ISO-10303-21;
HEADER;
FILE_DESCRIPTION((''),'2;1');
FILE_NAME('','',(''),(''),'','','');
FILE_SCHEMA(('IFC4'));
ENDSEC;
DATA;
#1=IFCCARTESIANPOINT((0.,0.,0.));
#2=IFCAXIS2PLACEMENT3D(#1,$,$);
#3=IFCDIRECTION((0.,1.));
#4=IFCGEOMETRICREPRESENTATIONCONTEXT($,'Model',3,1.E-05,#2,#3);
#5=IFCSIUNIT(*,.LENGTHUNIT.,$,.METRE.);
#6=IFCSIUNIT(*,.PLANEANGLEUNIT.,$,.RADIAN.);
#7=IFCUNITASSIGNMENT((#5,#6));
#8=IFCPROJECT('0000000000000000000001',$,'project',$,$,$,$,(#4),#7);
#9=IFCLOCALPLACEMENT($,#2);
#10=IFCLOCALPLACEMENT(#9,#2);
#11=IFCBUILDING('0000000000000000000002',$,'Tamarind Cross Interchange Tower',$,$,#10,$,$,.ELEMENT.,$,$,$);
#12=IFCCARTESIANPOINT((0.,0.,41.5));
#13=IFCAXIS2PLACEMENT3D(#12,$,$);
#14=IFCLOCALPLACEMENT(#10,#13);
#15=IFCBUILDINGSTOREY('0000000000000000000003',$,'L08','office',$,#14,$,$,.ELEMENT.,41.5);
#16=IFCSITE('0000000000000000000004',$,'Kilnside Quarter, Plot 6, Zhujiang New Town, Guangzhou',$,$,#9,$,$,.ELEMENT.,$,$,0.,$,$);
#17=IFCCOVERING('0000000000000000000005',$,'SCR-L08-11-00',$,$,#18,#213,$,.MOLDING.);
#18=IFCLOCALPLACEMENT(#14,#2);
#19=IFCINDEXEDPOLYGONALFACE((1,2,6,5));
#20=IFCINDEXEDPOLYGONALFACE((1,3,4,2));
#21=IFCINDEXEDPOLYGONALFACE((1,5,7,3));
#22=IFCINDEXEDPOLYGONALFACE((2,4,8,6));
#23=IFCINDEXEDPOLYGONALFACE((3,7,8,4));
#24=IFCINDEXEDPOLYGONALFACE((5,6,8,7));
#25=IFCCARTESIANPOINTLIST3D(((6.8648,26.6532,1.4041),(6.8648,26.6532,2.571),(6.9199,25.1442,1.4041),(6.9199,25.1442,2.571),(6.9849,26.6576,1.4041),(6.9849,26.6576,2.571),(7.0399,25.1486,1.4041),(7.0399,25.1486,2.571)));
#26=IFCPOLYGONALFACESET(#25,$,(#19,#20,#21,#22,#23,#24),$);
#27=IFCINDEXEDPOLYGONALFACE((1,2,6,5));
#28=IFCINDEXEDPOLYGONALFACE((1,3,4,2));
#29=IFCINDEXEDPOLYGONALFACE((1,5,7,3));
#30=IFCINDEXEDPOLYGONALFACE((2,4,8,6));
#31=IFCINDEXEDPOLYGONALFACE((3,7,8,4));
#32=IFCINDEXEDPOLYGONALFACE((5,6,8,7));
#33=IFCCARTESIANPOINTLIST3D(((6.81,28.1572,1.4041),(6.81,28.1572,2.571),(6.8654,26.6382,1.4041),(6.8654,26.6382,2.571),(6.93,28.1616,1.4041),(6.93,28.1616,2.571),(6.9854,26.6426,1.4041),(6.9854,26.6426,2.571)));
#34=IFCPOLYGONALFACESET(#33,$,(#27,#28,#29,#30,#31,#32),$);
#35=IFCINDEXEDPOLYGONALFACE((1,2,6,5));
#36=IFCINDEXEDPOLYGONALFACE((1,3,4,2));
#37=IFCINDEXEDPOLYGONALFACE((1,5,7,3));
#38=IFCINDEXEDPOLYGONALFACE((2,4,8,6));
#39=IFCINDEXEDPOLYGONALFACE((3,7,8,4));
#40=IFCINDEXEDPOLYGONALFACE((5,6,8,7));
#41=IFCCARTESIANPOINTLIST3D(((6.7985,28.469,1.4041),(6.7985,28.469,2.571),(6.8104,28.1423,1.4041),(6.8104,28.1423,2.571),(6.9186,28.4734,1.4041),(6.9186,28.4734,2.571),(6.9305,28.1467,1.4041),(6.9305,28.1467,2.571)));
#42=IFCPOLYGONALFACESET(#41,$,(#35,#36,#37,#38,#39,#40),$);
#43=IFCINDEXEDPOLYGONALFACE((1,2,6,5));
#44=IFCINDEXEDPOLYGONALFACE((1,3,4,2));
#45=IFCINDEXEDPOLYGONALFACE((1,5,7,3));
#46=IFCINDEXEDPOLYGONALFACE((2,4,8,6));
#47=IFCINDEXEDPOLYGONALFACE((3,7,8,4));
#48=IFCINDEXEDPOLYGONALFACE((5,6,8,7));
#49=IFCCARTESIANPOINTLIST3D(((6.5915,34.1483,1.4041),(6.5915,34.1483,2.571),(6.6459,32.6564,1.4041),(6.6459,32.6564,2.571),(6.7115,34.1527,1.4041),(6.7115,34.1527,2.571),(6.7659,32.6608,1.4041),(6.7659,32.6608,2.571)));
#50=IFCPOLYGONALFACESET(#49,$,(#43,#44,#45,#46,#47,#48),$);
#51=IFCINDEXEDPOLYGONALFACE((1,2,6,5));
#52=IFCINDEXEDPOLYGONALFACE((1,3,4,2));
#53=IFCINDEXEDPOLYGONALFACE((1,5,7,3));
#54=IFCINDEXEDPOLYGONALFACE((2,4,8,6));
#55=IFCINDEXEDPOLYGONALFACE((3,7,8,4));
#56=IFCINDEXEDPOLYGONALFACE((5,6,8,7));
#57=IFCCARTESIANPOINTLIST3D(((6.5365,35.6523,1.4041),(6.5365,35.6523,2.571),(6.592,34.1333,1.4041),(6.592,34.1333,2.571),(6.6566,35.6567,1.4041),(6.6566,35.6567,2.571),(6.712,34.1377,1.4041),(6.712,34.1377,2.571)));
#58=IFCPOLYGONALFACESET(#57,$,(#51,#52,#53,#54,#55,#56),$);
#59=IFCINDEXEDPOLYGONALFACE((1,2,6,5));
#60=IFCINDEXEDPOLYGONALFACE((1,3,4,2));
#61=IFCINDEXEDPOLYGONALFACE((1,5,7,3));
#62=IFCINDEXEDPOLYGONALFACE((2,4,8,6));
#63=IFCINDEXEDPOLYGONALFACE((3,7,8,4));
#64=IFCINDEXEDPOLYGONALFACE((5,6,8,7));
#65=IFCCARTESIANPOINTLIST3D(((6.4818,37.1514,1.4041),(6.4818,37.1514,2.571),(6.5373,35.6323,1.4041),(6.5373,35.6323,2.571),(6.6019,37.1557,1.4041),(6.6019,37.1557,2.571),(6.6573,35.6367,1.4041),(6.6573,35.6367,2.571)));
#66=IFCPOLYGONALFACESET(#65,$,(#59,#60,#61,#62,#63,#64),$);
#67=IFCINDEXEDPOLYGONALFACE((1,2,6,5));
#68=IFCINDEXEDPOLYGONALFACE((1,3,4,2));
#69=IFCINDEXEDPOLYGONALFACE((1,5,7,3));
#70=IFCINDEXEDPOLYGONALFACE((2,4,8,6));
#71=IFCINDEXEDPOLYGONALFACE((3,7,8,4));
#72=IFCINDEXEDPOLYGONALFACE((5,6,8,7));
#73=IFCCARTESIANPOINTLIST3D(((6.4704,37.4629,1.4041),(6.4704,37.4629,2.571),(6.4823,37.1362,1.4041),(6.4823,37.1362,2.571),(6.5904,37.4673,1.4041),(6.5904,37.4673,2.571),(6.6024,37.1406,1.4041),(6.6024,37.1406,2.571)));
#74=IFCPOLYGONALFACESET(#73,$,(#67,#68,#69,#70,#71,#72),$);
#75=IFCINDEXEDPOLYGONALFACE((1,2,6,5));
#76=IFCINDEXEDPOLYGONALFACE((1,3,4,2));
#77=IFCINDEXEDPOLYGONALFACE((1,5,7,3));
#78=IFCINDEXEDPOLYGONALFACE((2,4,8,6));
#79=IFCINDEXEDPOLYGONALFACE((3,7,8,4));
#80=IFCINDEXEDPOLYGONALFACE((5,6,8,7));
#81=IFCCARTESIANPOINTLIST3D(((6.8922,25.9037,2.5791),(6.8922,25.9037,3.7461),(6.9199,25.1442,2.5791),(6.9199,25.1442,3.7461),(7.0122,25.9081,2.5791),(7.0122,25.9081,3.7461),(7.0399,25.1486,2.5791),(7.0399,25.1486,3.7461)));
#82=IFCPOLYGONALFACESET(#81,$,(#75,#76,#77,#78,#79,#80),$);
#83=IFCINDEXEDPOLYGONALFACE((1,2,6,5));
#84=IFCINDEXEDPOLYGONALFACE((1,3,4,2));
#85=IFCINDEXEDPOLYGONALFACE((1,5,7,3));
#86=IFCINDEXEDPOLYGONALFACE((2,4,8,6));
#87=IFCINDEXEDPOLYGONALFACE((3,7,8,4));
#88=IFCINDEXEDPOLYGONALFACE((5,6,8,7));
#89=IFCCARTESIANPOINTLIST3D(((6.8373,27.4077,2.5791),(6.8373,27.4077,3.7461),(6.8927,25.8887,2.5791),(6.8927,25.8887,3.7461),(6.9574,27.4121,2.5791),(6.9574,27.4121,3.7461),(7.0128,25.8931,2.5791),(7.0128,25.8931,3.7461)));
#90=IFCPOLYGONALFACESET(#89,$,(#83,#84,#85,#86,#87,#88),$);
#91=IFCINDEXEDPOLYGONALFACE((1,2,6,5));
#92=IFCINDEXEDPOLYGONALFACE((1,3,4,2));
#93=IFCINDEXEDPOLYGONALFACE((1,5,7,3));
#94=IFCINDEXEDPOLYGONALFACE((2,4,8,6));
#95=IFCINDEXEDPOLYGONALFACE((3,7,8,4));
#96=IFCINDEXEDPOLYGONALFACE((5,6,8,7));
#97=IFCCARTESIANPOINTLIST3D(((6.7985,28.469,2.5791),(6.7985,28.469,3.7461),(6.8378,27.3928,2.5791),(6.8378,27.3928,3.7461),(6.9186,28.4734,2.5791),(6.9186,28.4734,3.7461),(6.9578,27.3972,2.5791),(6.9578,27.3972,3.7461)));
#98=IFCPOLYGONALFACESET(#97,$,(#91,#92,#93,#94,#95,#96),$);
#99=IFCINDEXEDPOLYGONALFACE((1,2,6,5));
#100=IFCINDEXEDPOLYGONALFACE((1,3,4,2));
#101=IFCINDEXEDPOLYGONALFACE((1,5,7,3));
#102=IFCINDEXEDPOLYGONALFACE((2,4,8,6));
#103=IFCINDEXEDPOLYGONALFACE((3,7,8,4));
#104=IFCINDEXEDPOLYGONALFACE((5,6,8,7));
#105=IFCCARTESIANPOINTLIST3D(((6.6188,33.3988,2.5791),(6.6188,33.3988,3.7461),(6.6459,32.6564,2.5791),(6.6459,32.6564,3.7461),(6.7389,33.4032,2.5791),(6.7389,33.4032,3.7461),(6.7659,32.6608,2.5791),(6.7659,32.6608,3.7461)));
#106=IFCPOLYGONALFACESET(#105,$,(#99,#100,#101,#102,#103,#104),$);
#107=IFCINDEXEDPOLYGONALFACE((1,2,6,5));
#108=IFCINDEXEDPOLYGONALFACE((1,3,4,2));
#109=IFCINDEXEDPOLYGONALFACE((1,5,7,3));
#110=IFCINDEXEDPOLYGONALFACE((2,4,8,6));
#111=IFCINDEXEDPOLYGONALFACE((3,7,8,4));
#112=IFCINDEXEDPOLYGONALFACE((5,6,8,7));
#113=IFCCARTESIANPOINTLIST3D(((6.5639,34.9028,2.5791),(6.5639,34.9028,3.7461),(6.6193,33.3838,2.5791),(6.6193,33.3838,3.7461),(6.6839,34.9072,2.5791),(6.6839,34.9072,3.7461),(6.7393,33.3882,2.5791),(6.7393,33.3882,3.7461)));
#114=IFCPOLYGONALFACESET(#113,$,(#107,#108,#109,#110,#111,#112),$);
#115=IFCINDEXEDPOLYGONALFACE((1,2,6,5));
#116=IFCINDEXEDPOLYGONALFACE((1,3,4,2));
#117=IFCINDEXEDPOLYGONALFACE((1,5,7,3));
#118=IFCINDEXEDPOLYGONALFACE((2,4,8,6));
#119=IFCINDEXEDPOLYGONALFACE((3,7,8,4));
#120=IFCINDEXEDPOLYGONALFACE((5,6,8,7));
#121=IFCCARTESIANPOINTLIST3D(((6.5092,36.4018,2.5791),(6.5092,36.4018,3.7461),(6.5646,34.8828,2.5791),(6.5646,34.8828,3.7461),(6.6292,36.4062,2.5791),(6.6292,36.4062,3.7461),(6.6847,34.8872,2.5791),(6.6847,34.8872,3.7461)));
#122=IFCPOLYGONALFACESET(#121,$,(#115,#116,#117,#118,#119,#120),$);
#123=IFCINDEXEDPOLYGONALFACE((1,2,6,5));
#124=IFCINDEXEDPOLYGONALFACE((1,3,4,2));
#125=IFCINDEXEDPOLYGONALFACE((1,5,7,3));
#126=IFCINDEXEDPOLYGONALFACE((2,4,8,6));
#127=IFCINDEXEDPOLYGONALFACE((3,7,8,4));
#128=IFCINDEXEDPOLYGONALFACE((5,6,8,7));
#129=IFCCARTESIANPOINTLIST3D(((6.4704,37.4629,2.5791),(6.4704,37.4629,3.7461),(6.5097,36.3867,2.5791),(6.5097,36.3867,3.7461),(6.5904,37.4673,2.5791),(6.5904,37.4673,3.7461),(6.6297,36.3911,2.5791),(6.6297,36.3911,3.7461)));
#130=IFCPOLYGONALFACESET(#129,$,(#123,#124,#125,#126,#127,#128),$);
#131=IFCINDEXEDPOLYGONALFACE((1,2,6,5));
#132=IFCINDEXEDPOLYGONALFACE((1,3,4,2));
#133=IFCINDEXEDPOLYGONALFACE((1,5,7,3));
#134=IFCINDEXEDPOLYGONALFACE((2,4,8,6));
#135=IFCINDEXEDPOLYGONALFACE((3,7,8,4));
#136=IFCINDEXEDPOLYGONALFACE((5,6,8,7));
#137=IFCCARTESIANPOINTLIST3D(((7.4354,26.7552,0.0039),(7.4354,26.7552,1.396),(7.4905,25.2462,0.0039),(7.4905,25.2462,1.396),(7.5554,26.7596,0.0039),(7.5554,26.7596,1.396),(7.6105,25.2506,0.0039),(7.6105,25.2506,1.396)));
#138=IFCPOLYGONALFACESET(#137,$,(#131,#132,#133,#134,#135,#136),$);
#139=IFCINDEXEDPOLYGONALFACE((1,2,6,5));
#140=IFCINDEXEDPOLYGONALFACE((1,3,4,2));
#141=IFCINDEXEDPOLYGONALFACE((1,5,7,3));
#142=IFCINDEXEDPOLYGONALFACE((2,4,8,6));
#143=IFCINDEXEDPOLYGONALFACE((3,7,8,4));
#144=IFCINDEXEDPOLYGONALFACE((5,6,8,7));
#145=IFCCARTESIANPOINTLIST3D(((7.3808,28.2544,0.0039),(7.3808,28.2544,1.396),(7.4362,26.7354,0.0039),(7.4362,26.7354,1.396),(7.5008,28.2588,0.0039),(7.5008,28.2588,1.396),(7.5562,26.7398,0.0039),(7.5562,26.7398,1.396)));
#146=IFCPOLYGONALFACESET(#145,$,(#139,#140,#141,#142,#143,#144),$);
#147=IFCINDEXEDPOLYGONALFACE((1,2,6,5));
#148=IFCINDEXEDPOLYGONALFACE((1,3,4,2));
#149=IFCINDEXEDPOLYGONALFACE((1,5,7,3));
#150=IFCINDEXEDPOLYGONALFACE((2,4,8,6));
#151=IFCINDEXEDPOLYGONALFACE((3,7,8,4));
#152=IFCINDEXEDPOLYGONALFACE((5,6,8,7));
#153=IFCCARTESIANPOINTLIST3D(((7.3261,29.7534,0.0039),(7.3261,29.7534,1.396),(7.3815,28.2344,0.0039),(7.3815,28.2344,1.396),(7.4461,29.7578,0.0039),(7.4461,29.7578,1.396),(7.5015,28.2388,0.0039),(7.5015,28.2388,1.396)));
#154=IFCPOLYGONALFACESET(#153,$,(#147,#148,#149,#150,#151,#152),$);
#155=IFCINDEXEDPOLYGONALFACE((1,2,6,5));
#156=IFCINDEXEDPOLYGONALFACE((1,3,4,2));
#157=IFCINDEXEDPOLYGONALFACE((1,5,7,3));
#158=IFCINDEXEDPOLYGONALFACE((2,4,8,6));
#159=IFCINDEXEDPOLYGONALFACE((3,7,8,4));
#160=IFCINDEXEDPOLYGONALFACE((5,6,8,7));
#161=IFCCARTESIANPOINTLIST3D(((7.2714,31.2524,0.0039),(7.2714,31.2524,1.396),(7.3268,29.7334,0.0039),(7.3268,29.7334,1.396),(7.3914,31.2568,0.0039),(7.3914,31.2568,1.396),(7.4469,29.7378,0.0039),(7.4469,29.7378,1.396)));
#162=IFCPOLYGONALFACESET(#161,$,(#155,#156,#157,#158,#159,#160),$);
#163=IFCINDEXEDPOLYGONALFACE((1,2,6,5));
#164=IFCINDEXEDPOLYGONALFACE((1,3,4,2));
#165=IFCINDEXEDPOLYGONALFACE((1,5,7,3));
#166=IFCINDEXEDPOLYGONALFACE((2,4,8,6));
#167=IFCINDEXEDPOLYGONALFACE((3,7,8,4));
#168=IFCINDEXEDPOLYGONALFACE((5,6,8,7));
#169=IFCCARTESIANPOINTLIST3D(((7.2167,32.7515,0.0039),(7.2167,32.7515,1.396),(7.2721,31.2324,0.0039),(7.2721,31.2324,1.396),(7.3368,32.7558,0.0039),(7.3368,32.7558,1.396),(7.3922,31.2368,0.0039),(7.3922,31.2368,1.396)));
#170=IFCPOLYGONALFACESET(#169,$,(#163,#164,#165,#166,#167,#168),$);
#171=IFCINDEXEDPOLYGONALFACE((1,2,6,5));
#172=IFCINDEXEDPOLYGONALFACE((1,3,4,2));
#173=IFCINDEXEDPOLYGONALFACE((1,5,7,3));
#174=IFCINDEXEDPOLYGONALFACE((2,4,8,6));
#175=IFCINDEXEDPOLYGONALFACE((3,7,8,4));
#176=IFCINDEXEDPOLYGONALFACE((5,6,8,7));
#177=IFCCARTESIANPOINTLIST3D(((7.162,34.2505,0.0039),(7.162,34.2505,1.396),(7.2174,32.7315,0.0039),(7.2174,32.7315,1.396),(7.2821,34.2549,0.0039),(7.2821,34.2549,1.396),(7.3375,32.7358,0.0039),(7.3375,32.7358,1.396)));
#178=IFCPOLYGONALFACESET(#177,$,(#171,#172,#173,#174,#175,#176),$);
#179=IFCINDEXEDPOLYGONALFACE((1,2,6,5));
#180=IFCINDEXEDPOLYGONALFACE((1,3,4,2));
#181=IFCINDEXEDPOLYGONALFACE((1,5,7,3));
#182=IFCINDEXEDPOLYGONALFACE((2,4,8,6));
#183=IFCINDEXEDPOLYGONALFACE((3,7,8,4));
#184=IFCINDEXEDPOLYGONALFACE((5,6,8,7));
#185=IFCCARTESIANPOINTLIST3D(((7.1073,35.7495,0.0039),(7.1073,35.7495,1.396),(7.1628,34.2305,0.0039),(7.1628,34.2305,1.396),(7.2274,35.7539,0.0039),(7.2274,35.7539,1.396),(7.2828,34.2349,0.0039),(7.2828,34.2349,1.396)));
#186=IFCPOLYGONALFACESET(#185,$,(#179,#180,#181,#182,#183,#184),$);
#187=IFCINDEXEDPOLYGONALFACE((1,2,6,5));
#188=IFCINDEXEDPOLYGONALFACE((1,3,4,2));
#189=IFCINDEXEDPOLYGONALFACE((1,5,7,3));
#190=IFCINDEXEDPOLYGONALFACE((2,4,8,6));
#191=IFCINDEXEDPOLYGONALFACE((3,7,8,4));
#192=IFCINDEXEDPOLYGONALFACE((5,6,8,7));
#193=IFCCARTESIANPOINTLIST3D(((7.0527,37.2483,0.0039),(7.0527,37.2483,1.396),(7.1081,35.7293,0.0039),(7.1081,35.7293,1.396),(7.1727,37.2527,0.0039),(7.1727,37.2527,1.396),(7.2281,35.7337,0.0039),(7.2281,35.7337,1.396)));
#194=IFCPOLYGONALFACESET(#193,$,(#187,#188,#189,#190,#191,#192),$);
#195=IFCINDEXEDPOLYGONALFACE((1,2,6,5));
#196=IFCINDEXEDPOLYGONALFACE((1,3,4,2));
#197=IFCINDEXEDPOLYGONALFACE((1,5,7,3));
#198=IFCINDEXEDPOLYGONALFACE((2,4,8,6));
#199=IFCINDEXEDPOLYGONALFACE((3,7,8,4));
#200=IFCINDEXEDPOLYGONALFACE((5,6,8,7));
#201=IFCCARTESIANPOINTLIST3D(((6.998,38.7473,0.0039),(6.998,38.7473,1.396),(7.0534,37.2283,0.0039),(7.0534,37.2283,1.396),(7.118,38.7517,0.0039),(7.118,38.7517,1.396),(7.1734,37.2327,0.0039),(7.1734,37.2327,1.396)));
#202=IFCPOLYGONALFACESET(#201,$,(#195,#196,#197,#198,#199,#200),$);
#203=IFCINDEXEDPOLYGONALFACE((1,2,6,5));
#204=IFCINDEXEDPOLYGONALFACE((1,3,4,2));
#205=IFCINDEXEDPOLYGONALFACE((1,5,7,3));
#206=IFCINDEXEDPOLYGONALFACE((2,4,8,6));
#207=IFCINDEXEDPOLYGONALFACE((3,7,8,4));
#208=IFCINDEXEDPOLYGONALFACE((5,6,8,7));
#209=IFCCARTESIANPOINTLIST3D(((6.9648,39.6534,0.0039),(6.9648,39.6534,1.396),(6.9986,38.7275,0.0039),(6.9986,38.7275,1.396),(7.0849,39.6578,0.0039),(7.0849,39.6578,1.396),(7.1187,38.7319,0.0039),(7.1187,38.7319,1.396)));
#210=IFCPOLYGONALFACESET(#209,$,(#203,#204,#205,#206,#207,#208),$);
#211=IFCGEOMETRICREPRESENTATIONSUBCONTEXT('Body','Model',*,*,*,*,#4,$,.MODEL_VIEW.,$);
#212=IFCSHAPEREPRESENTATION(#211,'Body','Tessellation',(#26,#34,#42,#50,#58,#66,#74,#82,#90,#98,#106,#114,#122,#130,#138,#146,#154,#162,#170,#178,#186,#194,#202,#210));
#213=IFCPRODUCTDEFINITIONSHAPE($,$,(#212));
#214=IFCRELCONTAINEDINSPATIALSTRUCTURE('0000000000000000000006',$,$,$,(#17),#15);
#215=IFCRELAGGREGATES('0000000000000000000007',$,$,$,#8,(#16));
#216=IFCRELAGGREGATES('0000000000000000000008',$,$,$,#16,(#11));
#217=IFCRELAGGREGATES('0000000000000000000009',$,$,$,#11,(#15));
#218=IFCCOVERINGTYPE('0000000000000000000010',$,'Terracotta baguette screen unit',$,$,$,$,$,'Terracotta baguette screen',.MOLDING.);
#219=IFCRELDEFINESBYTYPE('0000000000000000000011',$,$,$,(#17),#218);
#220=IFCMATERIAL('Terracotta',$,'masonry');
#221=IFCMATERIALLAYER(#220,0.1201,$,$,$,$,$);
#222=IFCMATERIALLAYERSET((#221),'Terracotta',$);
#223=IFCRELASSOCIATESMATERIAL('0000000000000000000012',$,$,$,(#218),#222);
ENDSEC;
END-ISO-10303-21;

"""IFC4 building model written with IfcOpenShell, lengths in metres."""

from ifc_helpers import new_model, si_unit, direction, frame, origin, origin_2d, place, context, subcontext, project, spatial, rectangle, extrude, material, layer, layer_set, type_object, element, save


model = new_model("IFC4")

# Units and contexts
model_context = context("Model", 3, precision=1e-05, world=origin(), true_north=direction((0.0, 1.0)))
body_context = subcontext(model_context, "Body", "Model", "MODEL_VIEW")
ifc_project = project(units=[si_unit("LENGTHUNIT", "METRE"), si_unit("PLANEANGLEUNIT", "RADIAN")], contexts=[model_context])

# Site, building, storey
site_placement = place(None, origin())
site = spatial("IfcSite", under=ifc_project, at=site_placement, Name="Kilnside Quarter, Plot 6, Zhujiang New Town, Guangzhou", CompositionType="ELEMENT", RefElevation=0.0)
building_placement = place(site_placement, origin())
building = spatial("IfcBuilding", under=site, at=building_placement, Name="Tamarind Cross Interchange Tower", CompositionType="ELEMENT")
storey_placement = place(building_placement, frame((0.0, 0.0, 41.5)))
storey = spatial("IfcBuildingStorey", under=building, at=storey_placement, Name="L08", Description="office", CompositionType="ELEMENT", Elevation=41.5)

# Covering
ifc_material_1 = material(Name="Terracotta", Category="masonry")
ifc_layer_1 = layer(ifc_material_1, 0.1201)
ifc_layer_set_1 = layer_set([ifc_layer_1], Name="Terracotta")
covering_type = type_object("IfcCoveringType", Name="Terracotta baguette screen unit", ElementType="Terracotta baguette screen", PredefinedType="MOLDING", material=ifc_layer_set_1)
covering_1_placement = place(storey_placement, origin())
element("IfcCovering", 1, at=covering_1_placement, inside=storey, type_object=covering_type, Name="SCR-L08-11-00", PredefinedType="MOLDING", context=body_context, shape_type="SweptSolid", body=[
    extrude(rectangle(XDim=1.51, YDim=0.1201, at=origin_2d()), frame((6.9524, 25.9009, 1.4041), z_axis=(0.0, 0.0, 1.0), x_axis=(-0.036462, 0.999335, 0.0)), (0.0, 0.0, 1.0), 1.167),
    extrude(rectangle(XDim=1.52, YDim=0.1201, at=origin_2d()), frame((6.8977, 27.3999, 1.4041), z_axis=(0.0, 0.0, 1.0), x_axis=(-0.036462, 0.999335, 0.0)), (0.0, 0.0, 1.0), 1.167),
    extrude(rectangle(XDim=0.3269, YDim=0.1201, at=origin_2d()), frame((6.8645, 28.3079, 1.4041), z_axis=(0.0, 0.0, 1.0), x_axis=(-0.036462, 0.999335, 0.0)), (0.0, 0.0, 1.0), 1.167),
    extrude(rectangle(XDim=1.4929, YDim=0.1201, at=origin_2d()), frame((6.6787, 33.4045, 1.4041), z_axis=(0.0, 0.0, 1.0), x_axis=(-0.036462, 0.999335, 0.0)), (0.0, 0.0, 1.0), 1.167),
    extrude(rectangle(XDim=1.52, YDim=0.1201, at=origin_2d()), frame((6.6243, 34.895, 1.4041), z_axis=(0.0, 0.0, 1.0), x_axis=(-0.036462, 0.999335, 0.0)), (0.0, 0.0, 1.0), 1.167),
    extrude(rectangle(XDim=1.52, YDim=0.1201, at=origin_2d()), frame((6.5696, 36.394, 1.4041), z_axis=(0.0, 0.0, 1.0), x_axis=(-0.036462, 0.999335, 0.0)), (0.0, 0.0, 1.0), 1.167),
    extrude(rectangle(XDim=0.3269, YDim=0.1201, at=origin_2d()), frame((6.5364, 37.3018, 1.4041), z_axis=(0.0, 0.0, 1.0), x_axis=(-0.036462, 0.999335, 0.0)), (0.0, 0.0, 1.0), 1.167),
    extrude(rectangle(XDim=0.76, YDim=0.1201, at=origin_2d()), frame((6.9661, 25.5261, 2.5791), z_axis=(0.0, 0.0, 1.0), x_axis=(-0.036462, 0.999335, 0.0)), (0.0, 0.0, 1.0), 1.167),
    extrude(rectangle(XDim=1.52, YDim=0.1201, at=origin_2d()), frame((6.925, 26.6504, 2.5791), z_axis=(0.0, 0.0, 1.0), x_axis=(-0.036462, 0.999335, 0.0)), (0.0, 0.0, 1.0), 1.167),
    extrude(rectangle(XDim=1.0769, YDim=0.1201, at=origin_2d()), frame((6.8782, 27.9331, 2.5791), z_axis=(0.0, 0.0, 1.0), x_axis=(-0.036462, 0.999335, 0.0)), (0.0, 0.0, 1.0), 1.167),
    extrude(rectangle(XDim=0.7429, YDim=0.1201, at=origin_2d()), frame((6.6924, 33.0298, 2.5791), z_axis=(0.0, 0.0, 1.0), x_axis=(-0.036462, 0.999335, 0.0)), (0.0, 0.0, 1.0), 1.167),
    extrude(rectangle(XDim=1.52, YDim=0.1201, at=origin_2d()), frame((6.6516, 34.1455, 2.5791), z_axis=(0.0, 0.0, 1.0), x_axis=(-0.036462, 0.999335, 0.0)), (0.0, 0.0, 1.0), 1.167),
    extrude(rectangle(XDim=1.52, YDim=0.1201, at=origin_2d()), frame((6.5969, 35.6445, 2.5791), z_axis=(0.0, 0.0, 1.0), x_axis=(-0.036462, 0.999335, 0.0)), (0.0, 0.0, 1.0), 1.167),
    extrude(rectangle(XDim=1.0769, YDim=0.1201, at=origin_2d()), frame((6.55, 36.927, 2.5791), z_axis=(0.0, 0.0, 1.0), x_axis=(-0.036462, 0.999335, 0.0)), (0.0, 0.0, 1.0), 1.167),
    extrude(rectangle(XDim=1.51, YDim=0.1201, at=origin_2d()), frame((7.5229, 26.0029, 0.0039), z_axis=(0.0, 0.0, 1.0), x_axis=(-0.036462, 0.999335, 0.0)), (0.0, 0.0, 1.0), 1.3921),
    extrude(rectangle(XDim=1.52, YDim=0.1201, at=origin_2d()), frame((7.4685, 27.4971, 0.0039), z_axis=(0.0, 0.0, 1.0), x_axis=(-0.036462, 0.999335, 0.0)), (0.0, 0.0, 1.0), 1.3921),
    extrude(rectangle(XDim=1.52, YDim=0.1201, at=origin_2d()), frame((7.4138, 28.9961, 0.0039), z_axis=(0.0, 0.0, 1.0), x_axis=(-0.036462, 0.999335, 0.0)), (0.0, 0.0, 1.0), 1.3921),
    extrude(rectangle(XDim=1.52, YDim=0.1201, at=origin_2d()), frame((7.3591, 30.4951, 0.0039), z_axis=(0.0, 0.0, 1.0), x_axis=(-0.036462, 0.999335, 0.0)), (0.0, 0.0, 1.0), 1.3921),
    extrude(rectangle(XDim=1.52, YDim=0.1201, at=origin_2d()), frame((7.3044, 31.9941, 0.0039), z_axis=(0.0, 0.0, 1.0), x_axis=(-0.036462, 0.999335, 0.0)), (0.0, 0.0, 1.0), 1.3921),
    extrude(rectangle(XDim=1.52, YDim=0.1201, at=origin_2d()), frame((7.2498, 33.4932, 0.0039), z_axis=(0.0, 0.0, 1.0), x_axis=(-0.036462, 0.999335, 0.0)), (0.0, 0.0, 1.0), 1.3921),
    extrude(rectangle(XDim=1.52, YDim=0.1201, at=origin_2d()), frame((7.1951, 34.9922, 0.0039), z_axis=(0.0, 0.0, 1.0), x_axis=(-0.036462, 0.999335, 0.0)), (0.0, 0.0, 1.0), 1.3921),
    extrude(rectangle(XDim=1.52, YDim=0.1201, at=origin_2d()), frame((7.1404, 36.491, 0.0039), z_axis=(0.0, 0.0, 1.0), x_axis=(-0.036462, 0.999335, 0.0)), (0.0, 0.0, 1.0), 1.3921),
    extrude(rectangle(XDim=1.52, YDim=0.1201, at=origin_2d()), frame((7.0857, 37.99, 0.0039), z_axis=(0.0, 0.0, 1.0), x_axis=(-0.036462, 0.999335, 0.0)), (0.0, 0.0, 1.0), 1.3921),
    extrude(rectangle(XDim=0.9265, YDim=0.1201, at=origin_2d()), frame((7.0417, 39.1926, 0.0039), z_axis=(0.0, 0.0, 1.0), x_axis=(-0.036462, 0.999335, 0.0)), (0.0, 0.0, 1.0), 1.3921),
])

save(model, "model.ifc")
